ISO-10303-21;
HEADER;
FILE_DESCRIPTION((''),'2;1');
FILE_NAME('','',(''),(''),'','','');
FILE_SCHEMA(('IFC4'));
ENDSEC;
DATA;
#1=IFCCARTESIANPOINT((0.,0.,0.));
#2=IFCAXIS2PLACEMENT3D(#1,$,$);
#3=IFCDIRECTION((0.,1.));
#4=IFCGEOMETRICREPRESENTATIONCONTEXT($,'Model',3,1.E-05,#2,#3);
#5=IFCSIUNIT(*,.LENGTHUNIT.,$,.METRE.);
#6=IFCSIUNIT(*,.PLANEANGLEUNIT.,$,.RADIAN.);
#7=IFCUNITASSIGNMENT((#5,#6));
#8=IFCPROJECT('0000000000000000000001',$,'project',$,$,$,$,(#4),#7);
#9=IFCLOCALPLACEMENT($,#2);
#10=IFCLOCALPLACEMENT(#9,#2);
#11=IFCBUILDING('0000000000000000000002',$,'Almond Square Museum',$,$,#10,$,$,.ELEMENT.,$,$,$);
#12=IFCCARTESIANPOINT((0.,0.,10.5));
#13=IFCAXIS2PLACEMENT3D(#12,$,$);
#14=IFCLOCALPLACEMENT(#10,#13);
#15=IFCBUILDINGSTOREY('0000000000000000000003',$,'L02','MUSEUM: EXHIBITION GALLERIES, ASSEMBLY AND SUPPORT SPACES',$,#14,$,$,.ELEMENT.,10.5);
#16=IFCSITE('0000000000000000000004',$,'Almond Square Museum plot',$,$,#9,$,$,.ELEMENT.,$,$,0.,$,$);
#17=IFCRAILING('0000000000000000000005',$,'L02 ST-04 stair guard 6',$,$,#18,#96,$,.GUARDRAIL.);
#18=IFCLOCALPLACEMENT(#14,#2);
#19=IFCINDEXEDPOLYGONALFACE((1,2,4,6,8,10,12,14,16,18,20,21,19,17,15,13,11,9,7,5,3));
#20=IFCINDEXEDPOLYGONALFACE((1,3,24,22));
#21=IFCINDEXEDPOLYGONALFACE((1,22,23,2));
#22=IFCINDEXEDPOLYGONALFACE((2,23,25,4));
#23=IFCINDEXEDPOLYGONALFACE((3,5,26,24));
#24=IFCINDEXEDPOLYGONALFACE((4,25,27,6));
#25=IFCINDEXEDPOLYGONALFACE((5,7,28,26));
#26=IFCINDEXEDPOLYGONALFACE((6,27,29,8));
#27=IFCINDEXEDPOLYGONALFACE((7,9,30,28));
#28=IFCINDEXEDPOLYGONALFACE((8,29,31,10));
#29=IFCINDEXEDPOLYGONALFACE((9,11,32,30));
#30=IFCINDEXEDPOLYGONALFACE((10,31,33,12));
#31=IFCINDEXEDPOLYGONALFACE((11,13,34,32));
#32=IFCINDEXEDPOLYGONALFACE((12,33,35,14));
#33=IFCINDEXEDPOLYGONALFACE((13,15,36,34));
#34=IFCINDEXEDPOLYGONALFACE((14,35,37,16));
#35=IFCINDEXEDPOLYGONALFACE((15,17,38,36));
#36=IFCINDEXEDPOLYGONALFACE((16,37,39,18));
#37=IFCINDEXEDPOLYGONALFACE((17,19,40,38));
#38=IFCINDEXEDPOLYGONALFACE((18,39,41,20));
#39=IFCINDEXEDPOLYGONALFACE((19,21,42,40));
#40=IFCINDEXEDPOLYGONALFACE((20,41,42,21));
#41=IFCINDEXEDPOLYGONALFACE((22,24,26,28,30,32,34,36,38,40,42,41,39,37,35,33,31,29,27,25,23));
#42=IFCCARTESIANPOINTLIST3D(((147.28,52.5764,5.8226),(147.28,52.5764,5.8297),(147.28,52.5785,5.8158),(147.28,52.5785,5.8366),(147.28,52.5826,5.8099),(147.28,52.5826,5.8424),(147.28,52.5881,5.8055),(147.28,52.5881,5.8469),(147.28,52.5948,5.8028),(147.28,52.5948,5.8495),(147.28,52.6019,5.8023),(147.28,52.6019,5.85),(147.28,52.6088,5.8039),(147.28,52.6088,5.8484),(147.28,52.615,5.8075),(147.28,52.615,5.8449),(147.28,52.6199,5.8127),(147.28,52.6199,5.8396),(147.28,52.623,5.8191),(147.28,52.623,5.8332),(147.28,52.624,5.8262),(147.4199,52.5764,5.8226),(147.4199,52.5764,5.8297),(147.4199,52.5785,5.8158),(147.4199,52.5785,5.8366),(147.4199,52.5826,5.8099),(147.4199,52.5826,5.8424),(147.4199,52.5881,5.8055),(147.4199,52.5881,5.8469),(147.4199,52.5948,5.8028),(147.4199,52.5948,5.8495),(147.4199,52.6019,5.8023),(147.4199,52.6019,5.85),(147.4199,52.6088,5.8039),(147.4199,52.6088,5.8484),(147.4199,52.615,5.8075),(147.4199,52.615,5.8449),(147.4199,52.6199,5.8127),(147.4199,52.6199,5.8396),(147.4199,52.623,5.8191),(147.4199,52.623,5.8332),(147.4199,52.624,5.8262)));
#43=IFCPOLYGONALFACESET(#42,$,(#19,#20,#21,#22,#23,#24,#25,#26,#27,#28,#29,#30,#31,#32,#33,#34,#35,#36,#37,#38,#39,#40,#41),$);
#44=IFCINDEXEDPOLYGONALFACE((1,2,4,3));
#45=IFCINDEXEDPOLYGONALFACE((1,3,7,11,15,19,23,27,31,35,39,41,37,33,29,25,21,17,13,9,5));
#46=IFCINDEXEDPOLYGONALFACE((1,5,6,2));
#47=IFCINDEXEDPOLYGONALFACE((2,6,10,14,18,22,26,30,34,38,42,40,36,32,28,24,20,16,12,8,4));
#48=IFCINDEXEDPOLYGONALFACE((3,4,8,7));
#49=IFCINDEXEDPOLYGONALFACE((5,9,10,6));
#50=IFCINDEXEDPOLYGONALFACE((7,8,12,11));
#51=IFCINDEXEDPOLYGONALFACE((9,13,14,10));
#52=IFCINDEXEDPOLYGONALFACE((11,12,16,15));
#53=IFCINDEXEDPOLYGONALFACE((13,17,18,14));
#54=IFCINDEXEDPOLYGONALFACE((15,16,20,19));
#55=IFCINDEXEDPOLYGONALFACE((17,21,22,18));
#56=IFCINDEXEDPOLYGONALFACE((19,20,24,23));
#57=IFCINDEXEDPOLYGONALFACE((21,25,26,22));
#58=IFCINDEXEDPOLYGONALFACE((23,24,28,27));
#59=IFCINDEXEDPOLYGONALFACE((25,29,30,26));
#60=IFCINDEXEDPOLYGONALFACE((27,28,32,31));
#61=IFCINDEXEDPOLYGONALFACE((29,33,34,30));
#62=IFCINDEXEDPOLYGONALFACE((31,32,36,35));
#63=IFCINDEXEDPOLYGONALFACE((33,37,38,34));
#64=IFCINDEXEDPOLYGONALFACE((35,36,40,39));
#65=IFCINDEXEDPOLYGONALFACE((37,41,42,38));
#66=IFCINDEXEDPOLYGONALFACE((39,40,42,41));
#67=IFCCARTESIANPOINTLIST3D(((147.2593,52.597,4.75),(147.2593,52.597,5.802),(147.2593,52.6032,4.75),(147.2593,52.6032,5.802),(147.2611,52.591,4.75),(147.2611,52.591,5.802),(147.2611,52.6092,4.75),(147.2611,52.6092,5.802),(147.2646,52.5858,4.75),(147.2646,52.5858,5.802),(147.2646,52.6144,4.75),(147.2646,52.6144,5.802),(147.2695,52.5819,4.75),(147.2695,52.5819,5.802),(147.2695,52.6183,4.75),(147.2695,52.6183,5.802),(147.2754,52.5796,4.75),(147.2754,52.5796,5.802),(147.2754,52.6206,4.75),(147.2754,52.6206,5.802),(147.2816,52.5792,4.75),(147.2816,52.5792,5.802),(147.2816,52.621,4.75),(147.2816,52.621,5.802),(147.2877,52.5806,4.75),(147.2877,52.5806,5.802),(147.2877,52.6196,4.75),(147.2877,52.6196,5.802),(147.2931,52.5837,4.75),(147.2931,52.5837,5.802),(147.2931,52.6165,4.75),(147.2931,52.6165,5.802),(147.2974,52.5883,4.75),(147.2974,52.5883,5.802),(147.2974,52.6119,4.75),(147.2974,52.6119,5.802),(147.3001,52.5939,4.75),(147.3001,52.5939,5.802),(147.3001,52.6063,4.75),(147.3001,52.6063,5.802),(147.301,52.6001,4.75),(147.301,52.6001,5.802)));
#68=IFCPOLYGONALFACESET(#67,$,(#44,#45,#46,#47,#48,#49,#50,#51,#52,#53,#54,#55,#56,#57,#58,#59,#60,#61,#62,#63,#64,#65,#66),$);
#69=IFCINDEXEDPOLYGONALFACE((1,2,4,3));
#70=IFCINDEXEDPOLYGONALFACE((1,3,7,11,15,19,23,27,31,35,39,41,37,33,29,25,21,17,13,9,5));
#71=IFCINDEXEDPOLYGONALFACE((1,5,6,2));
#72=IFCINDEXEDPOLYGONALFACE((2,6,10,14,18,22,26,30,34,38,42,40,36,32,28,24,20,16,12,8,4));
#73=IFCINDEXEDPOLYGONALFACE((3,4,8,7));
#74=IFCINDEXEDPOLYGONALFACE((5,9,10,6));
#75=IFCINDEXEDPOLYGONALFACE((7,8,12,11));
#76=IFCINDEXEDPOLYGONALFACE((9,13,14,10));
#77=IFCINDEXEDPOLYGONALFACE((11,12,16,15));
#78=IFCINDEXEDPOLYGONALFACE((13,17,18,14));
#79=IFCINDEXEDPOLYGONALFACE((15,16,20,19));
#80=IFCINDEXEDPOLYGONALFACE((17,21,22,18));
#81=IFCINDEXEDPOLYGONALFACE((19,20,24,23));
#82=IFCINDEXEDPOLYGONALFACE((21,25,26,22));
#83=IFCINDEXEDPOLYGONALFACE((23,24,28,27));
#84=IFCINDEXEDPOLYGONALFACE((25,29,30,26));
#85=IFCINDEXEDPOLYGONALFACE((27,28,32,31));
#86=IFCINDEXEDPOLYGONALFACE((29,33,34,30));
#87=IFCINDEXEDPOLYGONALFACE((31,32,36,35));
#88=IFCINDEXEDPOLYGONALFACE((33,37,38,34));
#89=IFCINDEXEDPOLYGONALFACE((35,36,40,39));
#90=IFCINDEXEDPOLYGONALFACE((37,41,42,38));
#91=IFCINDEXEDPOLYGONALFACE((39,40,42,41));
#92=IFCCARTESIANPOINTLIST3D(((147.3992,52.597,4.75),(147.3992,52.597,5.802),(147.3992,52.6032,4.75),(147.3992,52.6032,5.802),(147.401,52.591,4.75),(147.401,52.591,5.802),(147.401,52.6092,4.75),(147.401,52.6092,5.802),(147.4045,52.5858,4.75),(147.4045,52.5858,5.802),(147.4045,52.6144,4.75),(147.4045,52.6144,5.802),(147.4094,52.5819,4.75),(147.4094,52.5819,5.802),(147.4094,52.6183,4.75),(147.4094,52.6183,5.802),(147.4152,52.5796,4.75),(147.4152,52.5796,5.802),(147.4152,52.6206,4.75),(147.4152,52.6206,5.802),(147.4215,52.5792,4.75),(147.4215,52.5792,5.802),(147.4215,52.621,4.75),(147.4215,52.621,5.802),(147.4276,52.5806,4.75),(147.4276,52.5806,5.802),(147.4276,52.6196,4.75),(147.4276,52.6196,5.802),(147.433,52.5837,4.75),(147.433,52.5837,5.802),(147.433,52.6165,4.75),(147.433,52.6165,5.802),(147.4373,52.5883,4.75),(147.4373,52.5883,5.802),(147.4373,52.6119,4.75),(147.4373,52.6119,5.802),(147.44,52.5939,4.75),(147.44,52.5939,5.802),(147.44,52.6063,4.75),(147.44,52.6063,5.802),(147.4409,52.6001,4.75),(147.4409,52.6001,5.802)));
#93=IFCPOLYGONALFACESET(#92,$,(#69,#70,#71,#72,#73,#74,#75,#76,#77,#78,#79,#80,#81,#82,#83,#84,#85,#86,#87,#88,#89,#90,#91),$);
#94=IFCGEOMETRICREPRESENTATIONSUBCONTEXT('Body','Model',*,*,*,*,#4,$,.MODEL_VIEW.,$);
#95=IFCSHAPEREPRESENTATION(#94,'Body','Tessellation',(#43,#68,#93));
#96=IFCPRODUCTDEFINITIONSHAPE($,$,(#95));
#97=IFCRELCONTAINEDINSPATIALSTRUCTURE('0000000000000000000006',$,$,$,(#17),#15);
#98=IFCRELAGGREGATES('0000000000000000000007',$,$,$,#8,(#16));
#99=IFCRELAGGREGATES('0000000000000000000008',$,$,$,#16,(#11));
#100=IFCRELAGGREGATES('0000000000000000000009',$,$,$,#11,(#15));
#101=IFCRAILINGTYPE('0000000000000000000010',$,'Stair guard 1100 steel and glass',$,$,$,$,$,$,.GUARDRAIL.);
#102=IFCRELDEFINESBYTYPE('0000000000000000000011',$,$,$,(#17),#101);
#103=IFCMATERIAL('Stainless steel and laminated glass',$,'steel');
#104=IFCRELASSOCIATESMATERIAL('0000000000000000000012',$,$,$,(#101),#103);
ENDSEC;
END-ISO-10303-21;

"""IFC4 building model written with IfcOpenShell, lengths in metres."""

from ifc_helpers import new_model, si_unit, direction, frame, origin, origin_2d, place, context, subcontext, project, spatial, circle, extrude, material, type_object, element, save


model = new_model("IFC4")

# Units and contexts
model_context = context("Model", 3, precision=1e-05, world=origin(), true_north=direction((0.0, 1.0)))
body_context = subcontext(model_context, "Body", "Model", "MODEL_VIEW")
ifc_project = project(units=[si_unit("LENGTHUNIT", "METRE"), si_unit("PLANEANGLEUNIT", "RADIAN")], contexts=[model_context])

# Site, building, storey
site_placement = place(None, origin())
site = spatial("IfcSite", under=ifc_project, at=site_placement, Name="Almond Square Museum plot", CompositionType="ELEMENT", RefElevation=0.0)
building_placement = place(site_placement, origin())
building = spatial("IfcBuilding", under=site, at=building_placement, Name="Almond Square Museum", CompositionType="ELEMENT")
storey_placement = place(building_placement, frame((0.0, 0.0, 10.5)))
storey = spatial("IfcBuildingStorey", under=building, at=storey_placement, Name="L02", Description="MUSEUM: EXHIBITION GALLERIES, ASSEMBLY AND SUPPORT SPACES", CompositionType="ELEMENT", Elevation=10.5)

# Railing
ifc_material_1 = material(Name="Stainless steel and laminated glass", Category="steel")
railing_type_1 = type_object("IfcRailingType", Name="Stair guard 1100 steel and glass", PredefinedType="GUARDRAIL", material=ifc_material_1)
railing_1_placement = place(storey_placement, frame((147.28, 52.6001, 4.75)))
element("IfcRailing", 1, at=railing_1_placement, inside=storey, type_object=railing_type_1, Name="L02 ST-04 stair guard 6", PredefinedType="GUARDRAIL", context=body_context, shape_type="SweptSolid", body=[
    extrude(circle(Radius=0.0239, at=origin_2d()), frame((0.0, 0.0, 1.0762), z_axis=(1.0, 0.0, 0.0), x_axis=(0.0, 1.0, 0.0)), (0.0, 0.0, 1.0), 0.1399),
    extrude(circle(Radius=0.021, at=origin_2d()), origin(), (0.0, 0.0, 1.0), 1.052),
    extrude(circle(Radius=0.021, at=origin_2d()), frame((0.1399, 0.0, 0.0)), (0.0, 0.0, 1.0), 1.052),
])

save(model, "model.ifc")
